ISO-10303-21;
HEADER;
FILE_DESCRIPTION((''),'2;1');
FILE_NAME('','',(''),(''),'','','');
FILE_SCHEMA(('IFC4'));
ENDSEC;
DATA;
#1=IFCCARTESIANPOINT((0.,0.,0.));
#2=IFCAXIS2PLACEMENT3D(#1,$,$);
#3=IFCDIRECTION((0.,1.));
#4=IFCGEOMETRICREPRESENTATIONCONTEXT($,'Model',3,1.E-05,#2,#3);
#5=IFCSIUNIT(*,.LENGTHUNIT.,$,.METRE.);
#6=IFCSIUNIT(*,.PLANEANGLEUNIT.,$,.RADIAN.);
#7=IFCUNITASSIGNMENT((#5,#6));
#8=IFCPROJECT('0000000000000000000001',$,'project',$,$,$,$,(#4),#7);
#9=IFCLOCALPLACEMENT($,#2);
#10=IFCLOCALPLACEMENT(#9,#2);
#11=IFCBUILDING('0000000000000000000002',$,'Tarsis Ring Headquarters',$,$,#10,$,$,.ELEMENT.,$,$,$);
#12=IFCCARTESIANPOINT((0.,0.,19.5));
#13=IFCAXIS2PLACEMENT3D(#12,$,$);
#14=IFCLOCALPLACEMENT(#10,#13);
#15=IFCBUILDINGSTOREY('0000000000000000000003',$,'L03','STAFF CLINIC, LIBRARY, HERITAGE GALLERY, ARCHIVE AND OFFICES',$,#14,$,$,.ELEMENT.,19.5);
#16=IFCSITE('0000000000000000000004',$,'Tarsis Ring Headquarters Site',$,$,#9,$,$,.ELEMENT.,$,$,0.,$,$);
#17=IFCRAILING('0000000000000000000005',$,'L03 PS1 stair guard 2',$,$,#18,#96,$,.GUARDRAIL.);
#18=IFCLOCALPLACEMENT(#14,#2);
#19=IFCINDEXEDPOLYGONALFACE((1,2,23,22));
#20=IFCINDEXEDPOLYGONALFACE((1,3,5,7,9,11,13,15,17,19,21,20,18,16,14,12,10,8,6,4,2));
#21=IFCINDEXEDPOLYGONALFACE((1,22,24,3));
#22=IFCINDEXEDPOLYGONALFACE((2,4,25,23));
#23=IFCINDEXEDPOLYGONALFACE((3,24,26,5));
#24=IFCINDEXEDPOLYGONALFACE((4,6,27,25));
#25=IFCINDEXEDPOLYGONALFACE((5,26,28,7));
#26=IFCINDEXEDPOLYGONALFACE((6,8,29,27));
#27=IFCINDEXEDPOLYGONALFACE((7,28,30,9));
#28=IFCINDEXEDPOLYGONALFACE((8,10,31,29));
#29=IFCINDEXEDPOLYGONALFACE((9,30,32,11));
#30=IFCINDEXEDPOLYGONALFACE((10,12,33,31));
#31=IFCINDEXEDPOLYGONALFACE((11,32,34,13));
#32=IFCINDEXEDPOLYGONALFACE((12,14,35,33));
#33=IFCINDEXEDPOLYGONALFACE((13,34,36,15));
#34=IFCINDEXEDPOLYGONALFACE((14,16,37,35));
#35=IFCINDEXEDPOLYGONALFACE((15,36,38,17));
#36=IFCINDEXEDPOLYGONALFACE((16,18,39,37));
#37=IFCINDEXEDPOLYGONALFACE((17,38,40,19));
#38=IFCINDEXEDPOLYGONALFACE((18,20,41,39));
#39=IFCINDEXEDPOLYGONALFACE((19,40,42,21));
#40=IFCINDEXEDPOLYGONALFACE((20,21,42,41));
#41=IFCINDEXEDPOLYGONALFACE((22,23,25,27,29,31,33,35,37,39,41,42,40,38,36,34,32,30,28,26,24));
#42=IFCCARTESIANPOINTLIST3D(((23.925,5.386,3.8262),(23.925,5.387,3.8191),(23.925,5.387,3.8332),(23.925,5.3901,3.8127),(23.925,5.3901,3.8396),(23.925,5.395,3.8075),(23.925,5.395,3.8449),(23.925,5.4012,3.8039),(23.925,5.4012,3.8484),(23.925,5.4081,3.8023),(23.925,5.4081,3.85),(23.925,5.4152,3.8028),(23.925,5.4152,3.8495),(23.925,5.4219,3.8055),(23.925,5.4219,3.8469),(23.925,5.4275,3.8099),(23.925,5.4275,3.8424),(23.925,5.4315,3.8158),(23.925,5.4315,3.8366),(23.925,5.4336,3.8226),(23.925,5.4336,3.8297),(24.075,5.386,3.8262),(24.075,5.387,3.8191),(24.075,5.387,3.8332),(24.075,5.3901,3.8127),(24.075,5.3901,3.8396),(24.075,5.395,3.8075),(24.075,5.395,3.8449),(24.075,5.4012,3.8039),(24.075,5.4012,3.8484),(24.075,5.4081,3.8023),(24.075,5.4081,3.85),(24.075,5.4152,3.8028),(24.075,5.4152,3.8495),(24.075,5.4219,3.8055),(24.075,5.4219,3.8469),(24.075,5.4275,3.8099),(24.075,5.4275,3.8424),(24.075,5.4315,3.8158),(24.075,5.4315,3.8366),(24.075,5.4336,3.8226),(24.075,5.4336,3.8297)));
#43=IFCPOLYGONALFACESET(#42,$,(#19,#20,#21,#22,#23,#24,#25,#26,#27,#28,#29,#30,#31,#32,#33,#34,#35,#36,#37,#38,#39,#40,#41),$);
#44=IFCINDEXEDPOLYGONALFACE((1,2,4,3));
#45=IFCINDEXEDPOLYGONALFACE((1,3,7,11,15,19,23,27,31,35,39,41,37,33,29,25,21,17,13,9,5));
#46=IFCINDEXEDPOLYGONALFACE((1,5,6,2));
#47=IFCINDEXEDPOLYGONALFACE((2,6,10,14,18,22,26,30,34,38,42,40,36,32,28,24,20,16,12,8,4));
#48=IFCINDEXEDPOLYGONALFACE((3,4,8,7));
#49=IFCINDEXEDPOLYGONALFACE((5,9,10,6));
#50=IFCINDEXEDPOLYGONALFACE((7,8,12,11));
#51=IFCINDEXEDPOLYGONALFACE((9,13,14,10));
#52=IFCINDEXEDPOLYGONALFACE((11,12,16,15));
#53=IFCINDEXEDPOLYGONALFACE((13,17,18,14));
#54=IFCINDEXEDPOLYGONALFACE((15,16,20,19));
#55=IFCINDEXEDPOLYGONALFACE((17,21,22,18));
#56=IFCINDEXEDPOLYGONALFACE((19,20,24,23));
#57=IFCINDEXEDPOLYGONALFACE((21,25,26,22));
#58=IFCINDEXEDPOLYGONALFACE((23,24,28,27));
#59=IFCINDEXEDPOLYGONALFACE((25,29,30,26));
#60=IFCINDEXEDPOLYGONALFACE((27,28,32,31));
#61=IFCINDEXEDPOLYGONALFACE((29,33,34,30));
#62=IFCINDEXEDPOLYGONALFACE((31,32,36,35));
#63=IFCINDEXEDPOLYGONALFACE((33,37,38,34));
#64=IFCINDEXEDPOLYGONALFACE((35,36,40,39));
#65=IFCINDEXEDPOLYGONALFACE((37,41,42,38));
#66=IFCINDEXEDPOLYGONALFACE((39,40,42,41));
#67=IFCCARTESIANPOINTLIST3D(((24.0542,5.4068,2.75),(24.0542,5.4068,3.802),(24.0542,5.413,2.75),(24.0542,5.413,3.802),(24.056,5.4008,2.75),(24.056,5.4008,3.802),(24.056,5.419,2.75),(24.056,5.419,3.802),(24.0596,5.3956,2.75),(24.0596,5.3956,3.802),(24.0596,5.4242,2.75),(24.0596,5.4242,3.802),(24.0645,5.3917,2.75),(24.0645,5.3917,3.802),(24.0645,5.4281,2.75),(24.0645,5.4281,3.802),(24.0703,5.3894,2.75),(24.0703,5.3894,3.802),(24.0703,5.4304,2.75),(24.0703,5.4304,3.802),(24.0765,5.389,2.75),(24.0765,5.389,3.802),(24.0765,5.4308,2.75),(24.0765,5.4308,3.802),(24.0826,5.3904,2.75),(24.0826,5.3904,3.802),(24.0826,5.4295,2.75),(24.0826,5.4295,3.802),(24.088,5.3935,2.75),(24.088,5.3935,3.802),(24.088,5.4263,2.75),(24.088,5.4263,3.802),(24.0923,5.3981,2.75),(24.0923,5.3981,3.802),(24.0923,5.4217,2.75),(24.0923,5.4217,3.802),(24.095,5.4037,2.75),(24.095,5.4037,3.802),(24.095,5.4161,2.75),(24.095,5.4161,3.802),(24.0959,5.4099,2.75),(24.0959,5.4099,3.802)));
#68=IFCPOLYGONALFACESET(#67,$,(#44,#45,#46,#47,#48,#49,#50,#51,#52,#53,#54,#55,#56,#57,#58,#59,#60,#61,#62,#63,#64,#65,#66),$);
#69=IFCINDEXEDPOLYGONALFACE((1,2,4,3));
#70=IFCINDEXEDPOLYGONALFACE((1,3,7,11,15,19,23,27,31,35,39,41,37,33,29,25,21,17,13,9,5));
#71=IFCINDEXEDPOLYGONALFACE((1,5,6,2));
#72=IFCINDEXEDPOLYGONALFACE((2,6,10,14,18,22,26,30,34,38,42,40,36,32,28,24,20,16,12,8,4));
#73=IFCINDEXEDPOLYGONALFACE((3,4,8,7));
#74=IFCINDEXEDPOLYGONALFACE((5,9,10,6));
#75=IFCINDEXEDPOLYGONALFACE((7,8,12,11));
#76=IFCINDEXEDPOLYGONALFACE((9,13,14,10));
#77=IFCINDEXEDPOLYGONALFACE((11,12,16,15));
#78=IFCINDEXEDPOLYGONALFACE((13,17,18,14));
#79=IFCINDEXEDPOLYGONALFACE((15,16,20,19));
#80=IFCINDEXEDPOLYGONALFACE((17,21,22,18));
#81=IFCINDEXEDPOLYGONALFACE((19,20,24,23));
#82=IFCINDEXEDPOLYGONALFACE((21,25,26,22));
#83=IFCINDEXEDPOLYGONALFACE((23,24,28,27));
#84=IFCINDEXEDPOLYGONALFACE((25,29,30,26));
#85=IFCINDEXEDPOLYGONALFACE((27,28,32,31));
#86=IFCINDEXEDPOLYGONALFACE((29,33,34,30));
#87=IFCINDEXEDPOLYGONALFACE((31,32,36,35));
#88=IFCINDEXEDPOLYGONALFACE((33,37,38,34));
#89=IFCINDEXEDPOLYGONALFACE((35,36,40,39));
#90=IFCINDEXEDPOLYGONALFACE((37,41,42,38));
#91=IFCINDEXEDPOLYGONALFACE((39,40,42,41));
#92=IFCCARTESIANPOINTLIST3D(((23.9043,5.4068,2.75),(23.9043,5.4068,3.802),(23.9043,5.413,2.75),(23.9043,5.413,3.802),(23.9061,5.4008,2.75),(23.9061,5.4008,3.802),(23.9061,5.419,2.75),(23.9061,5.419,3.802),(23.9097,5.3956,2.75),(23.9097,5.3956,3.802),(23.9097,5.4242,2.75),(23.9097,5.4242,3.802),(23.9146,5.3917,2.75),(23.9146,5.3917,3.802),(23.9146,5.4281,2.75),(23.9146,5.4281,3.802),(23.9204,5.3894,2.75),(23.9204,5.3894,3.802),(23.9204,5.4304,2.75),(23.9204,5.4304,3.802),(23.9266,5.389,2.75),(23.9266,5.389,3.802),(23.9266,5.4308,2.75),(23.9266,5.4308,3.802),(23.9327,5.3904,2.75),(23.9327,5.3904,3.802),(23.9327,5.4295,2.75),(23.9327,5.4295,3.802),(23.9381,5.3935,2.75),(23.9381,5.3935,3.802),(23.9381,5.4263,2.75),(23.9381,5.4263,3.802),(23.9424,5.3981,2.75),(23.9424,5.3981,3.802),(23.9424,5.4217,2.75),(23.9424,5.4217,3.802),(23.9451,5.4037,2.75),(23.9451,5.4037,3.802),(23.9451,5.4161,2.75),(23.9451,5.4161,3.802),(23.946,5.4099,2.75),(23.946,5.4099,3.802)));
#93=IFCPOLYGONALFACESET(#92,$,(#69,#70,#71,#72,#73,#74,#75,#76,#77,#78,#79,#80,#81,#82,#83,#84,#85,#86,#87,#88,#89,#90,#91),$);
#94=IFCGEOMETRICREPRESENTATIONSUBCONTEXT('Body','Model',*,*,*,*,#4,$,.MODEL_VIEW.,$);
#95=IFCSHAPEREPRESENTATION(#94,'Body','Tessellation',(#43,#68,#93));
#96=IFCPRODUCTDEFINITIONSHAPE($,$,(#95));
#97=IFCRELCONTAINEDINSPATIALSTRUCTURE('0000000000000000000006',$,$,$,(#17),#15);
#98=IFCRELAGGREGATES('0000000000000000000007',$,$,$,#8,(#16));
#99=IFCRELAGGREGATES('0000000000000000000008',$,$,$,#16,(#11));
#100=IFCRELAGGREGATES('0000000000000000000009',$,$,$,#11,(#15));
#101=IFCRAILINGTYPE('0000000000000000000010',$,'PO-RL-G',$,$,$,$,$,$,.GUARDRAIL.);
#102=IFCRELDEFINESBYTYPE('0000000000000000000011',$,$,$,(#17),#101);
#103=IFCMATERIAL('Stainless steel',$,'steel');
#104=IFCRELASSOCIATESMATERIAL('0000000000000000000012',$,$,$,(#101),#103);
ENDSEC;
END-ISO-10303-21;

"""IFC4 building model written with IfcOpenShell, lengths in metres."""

from ifc_helpers import new_model, si_unit, direction, frame, origin, origin_2d, place, context, subcontext, project, spatial, circle, extrude, material, type_object, element, save


model = new_model("IFC4")

# Units and contexts
model_context = context("Model", 3, precision=1e-05, world=origin(), true_north=direction((0.0, 1.0)))
body_context = subcontext(model_context, "Body", "Model", "MODEL_VIEW")
ifc_project = project(units=[si_unit("LENGTHUNIT", "METRE"), si_unit("PLANEANGLEUNIT", "RADIAN")], contexts=[model_context])

# Site, building, storey
site_placement = place(None, origin())
site = spatial("IfcSite", under=ifc_project, at=site_placement, Name="Tarsis Ring Headquarters Site", CompositionType="ELEMENT", RefElevation=0.0)
building_placement = place(site_placement, origin())
building = spatial("IfcBuilding", under=site, at=building_placement, Name="Tarsis Ring Headquarters", CompositionType="ELEMENT")
storey_placement = place(building_placement, frame((0.0, 0.0, 19.5)))
storey = spatial("IfcBuildingStorey", under=building, at=storey_placement, Name="L03", Description="STAFF CLINIC, LIBRARY, HERITAGE GALLERY, ARCHIVE AND OFFICES", CompositionType="ELEMENT", Elevation=19.5)

# Railing
ifc_material_1 = material(Name="Stainless steel", Category="steel")
railing_type_1 = type_object("IfcRailingType", Name="PO-RL-G", PredefinedType="GUARDRAIL", material=ifc_material_1)
railing_1_placement = place(storey_placement, frame((24.075, 5.4099, 2.75)))
element("IfcRailing", 1, at=railing_1_placement, inside=storey, type_object=railing_type_1, Name="L03 PS1 stair guard 2", PredefinedType="GUARDRAIL", context=body_context, shape_type="SweptSolid", body=[
    extrude(circle(Radius=0.0239, at=origin_2d()), frame((0.0, 0.0, 1.0762), z_axis=(-1.0, 0.0, 0.0), x_axis=(0.0, -1.0, 0.0)), (0.0, 0.0, 1.0), 0.1499),
    extrude(circle(Radius=0.021, at=origin_2d()), origin(), (0.0, 0.0, 1.0), 1.052),
    extrude(circle(Radius=0.021, at=origin_2d()), frame((-0.1499, 0.0, 0.0)), (0.0, 0.0, 1.0), 1.052),
])

save(model, "model.ifc")
